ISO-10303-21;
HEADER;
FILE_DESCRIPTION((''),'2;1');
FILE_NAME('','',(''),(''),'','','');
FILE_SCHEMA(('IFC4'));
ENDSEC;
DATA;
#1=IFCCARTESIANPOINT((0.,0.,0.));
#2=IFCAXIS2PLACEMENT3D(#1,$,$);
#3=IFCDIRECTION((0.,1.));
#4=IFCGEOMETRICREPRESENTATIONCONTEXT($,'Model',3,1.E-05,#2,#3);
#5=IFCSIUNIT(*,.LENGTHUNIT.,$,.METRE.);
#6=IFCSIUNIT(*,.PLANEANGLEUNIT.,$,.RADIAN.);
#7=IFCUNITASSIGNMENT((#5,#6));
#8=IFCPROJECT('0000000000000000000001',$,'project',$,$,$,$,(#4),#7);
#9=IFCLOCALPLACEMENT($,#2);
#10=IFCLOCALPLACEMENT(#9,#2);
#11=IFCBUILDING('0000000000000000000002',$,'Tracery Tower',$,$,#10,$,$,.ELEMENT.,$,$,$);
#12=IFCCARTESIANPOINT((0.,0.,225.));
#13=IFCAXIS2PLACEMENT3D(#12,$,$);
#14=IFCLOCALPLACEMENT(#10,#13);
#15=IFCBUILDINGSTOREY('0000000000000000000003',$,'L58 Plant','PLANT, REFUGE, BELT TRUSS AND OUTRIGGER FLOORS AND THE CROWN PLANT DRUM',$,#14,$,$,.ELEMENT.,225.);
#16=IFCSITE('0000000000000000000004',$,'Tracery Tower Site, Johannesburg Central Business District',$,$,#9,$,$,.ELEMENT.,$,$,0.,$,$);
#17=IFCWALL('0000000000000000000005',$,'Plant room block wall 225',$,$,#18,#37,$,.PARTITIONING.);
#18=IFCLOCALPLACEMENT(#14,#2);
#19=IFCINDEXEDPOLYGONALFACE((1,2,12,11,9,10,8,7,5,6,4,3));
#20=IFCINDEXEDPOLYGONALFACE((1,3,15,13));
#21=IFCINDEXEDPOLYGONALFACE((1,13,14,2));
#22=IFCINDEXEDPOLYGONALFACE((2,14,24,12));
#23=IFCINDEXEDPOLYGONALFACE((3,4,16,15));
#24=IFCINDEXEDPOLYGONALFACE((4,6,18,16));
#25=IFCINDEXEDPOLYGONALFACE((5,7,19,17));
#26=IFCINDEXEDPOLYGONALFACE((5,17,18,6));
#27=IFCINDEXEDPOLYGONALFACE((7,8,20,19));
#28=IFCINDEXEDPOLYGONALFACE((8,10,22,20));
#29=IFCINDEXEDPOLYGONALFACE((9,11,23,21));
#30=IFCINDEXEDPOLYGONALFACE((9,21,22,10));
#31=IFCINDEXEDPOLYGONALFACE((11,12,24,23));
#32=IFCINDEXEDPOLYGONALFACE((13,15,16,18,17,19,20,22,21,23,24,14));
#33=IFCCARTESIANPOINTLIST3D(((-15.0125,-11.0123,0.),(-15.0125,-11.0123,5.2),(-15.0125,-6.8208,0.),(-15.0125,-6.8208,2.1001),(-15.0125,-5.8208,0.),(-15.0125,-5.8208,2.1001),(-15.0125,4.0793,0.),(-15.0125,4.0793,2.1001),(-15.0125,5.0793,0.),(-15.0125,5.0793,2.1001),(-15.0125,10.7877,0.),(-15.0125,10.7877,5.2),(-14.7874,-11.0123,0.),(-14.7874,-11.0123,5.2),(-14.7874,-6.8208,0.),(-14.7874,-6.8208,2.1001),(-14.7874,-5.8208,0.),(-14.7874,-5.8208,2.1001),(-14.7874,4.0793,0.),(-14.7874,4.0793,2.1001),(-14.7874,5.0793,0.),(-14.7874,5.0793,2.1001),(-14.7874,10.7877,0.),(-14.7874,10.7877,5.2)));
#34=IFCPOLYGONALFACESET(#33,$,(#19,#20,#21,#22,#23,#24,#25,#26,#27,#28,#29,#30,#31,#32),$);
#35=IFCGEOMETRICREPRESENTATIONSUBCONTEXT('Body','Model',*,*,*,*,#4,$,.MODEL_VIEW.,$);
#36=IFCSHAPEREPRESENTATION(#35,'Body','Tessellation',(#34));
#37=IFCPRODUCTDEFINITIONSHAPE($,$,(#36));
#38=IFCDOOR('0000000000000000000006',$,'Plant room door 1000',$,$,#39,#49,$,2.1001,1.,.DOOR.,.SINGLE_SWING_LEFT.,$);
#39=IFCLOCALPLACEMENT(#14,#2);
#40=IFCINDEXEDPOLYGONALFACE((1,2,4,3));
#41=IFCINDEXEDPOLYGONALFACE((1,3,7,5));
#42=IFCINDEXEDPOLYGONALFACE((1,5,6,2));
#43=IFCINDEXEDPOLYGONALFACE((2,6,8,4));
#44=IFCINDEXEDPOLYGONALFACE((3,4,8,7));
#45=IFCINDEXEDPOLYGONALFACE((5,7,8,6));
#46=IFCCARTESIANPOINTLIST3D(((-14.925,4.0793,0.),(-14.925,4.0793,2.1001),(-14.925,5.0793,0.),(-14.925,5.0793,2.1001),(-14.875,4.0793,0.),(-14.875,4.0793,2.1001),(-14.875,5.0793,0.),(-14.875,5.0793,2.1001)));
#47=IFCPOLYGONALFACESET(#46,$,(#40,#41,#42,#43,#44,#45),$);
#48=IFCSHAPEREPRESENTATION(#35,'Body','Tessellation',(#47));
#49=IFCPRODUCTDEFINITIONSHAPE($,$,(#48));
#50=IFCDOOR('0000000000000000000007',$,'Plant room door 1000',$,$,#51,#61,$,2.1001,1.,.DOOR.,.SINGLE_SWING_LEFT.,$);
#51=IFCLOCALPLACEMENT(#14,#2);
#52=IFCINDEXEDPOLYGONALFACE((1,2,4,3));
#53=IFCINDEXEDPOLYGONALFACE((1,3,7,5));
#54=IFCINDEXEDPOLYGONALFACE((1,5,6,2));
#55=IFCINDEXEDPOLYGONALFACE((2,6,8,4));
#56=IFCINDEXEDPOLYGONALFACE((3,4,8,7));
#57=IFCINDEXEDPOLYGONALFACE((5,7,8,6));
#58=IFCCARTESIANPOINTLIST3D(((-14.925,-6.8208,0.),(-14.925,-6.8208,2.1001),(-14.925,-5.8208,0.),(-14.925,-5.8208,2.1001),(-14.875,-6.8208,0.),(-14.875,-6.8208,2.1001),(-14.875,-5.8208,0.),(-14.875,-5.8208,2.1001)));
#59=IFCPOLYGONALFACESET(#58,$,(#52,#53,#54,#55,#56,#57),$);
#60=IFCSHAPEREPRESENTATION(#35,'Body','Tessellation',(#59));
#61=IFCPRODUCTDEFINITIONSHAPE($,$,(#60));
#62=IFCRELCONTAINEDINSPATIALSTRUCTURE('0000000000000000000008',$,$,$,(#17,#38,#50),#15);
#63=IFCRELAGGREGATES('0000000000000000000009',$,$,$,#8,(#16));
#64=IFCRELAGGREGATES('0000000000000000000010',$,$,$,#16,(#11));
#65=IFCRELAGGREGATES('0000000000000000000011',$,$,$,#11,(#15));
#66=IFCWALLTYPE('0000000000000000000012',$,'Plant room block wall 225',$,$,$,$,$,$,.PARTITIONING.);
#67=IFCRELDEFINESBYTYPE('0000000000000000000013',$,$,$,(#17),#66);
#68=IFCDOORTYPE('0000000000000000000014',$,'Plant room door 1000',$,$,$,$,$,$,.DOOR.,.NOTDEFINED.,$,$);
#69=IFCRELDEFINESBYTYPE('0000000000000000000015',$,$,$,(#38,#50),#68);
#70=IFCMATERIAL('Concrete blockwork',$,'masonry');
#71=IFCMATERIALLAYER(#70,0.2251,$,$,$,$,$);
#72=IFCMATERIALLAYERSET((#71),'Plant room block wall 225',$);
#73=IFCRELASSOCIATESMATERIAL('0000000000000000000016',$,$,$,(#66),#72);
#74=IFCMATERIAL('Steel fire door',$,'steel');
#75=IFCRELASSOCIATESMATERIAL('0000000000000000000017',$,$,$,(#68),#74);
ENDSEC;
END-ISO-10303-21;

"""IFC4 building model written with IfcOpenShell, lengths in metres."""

from ifc_helpers import new_model, si_unit, direction, frame, frame_2d, origin, place, context, subcontext, project, spatial, rectangle, extrude, material, layer, layer_set, type_object, element, fill, save


model = new_model("IFC4")

# Units and contexts
model_context = context("Model", 3, precision=1e-05, world=origin(), true_north=direction((0.0, 1.0)))
body_context = subcontext(model_context, "Body", "Model", "MODEL_VIEW")
ifc_project = project(units=[si_unit("LENGTHUNIT", "METRE"), si_unit("PLANEANGLEUNIT", "RADIAN")], contexts=[model_context])

# Site, building, storey
site_placement = place(None, origin())
site = spatial("IfcSite", under=ifc_project, at=site_placement, Name="Tracery Tower Site, Johannesburg Central Business District", CompositionType="ELEMENT", RefElevation=0.0)
building_placement = place(site_placement, origin())
building = spatial("IfcBuilding", under=site, at=building_placement, Name="Tracery Tower", CompositionType="ELEMENT")
storey_placement = place(building_placement, frame((0.0, 0.0, 225.0)))
storey = spatial("IfcBuildingStorey", under=building, at=storey_placement, Name="L58 Plant", Description="PLANT, REFUGE, BELT TRUSS AND OUTRIGGER FLOORS AND THE CROWN PLANT DRUM", CompositionType="ELEMENT", Elevation=225.0)

# Wall, openings, doors
ifc_material_1 = material(Name="Concrete blockwork", Category="masonry")
ifc_layer_1 = layer(ifc_material_1, 0.2251)
ifc_layer_set_1 = layer_set([ifc_layer_1], Name="Plant room block wall 225")
wall_type_1 = type_object("IfcWallType", Name="Plant room block wall 225", PredefinedType="PARTITIONING", material=ifc_layer_set_1)
wall_1_placement = place(storey_placement, frame((-14.8999, 10.7876, 0.0), z_axis=(0.0, 0.0, 1.0), x_axis=(0.0, -1.0, 0.0)))
wall_1 = element("IfcWall", 1, at=wall_1_placement, inside=storey, type_object=wall_type_1, Name="Plant room block wall 225", PredefinedType="PARTITIONING", context=body_context, shape_type="SweptSolid", body=[
    extrude(rectangle(XDim=21.8, YDim=0.2251, at=frame_2d((10.8999, 0.0))), origin(), (0.0, 0.0, 1.0), 5.2),
])
opening_1_placement = place(wall_1_placement, frame((5.7083, 0.0, 0.0)))
opening_1 = element("IfcOpeningElement", 2, at=opening_1_placement, cuts=wall_1, PredefinedType="OPENING", context=body_context, shape_type="SweptSolid", body=[
    extrude(rectangle(XDim=1.0, YDim=2.1001, at=frame_2d((0.5, 1.05))), frame((0.0, 0.1125, 0.0), z_axis=(0.0, -1.0, 0.0), x_axis=(1.0, 0.0, 0.0)), (0.0, 0.0, 1.0), 0.2251),
])
opening_2_placement = place(wall_1_placement, frame((16.6084, 0.0, 0.0)))
opening_2 = element("IfcOpeningElement", 3, at=opening_2_placement, cuts=wall_1, PredefinedType="OPENING", context=body_context, shape_type="SweptSolid", body=[
    extrude(rectangle(XDim=1.0, YDim=2.1001, at=frame_2d((0.5, 1.05))), frame((0.0, 0.1125, 0.0), z_axis=(0.0, -1.0, 0.0), x_axis=(1.0, 0.0, 0.0)), (0.0, 0.0, 1.0), 0.2251),
])
ifc_material_2 = material(Name="Steel fire door", Category="steel")
door_type_1 = type_object("IfcDoorType", Name="Plant room door 1000", OperationType="NOTDEFINED", PredefinedType="DOOR", material=ifc_material_2)
door_1_placement = place(opening_1_placement, origin())
door_1 = element("IfcDoor", 4, at=door_1_placement, inside=storey, type_object=door_type_1, Name="Plant room door 1000", OperationType="SINGLE_SWING_LEFT", OverallHeight=2.1001, OverallWidth=1.0, PredefinedType="DOOR", context=body_context, shape_type="SweptSolid", body=[
    extrude(rectangle(XDim=1.0, YDim=2.1001, at=frame_2d((0.5, 1.05))), frame((0.0, 0.0249, 0.0), z_axis=(0.0, -1.0, 0.0), x_axis=(1.0, 0.0, 0.0)), (0.0, 0.0, 1.0), 0.05),
])
fill(opening_1, door_1)
door_2_placement = place(opening_2_placement, origin())
door_2 = element("IfcDoor", 5, at=door_2_placement, inside=storey, type_object=door_type_1, Name="Plant room door 1000", OperationType="SINGLE_SWING_LEFT", OverallHeight=2.1001, OverallWidth=1.0, PredefinedType="DOOR", context=body_context, shape_type="SweptSolid", body=[
    extrude(rectangle(XDim=1.0, YDim=2.1001, at=frame_2d((0.5, 1.05))), frame((0.0, 0.0249, 0.0), z_axis=(0.0, -1.0, 0.0), x_axis=(1.0, 0.0, 0.0)), (0.0, 0.0, 1.0), 0.05),
])
fill(opening_2, door_2)

save(model, "model.ifc")
